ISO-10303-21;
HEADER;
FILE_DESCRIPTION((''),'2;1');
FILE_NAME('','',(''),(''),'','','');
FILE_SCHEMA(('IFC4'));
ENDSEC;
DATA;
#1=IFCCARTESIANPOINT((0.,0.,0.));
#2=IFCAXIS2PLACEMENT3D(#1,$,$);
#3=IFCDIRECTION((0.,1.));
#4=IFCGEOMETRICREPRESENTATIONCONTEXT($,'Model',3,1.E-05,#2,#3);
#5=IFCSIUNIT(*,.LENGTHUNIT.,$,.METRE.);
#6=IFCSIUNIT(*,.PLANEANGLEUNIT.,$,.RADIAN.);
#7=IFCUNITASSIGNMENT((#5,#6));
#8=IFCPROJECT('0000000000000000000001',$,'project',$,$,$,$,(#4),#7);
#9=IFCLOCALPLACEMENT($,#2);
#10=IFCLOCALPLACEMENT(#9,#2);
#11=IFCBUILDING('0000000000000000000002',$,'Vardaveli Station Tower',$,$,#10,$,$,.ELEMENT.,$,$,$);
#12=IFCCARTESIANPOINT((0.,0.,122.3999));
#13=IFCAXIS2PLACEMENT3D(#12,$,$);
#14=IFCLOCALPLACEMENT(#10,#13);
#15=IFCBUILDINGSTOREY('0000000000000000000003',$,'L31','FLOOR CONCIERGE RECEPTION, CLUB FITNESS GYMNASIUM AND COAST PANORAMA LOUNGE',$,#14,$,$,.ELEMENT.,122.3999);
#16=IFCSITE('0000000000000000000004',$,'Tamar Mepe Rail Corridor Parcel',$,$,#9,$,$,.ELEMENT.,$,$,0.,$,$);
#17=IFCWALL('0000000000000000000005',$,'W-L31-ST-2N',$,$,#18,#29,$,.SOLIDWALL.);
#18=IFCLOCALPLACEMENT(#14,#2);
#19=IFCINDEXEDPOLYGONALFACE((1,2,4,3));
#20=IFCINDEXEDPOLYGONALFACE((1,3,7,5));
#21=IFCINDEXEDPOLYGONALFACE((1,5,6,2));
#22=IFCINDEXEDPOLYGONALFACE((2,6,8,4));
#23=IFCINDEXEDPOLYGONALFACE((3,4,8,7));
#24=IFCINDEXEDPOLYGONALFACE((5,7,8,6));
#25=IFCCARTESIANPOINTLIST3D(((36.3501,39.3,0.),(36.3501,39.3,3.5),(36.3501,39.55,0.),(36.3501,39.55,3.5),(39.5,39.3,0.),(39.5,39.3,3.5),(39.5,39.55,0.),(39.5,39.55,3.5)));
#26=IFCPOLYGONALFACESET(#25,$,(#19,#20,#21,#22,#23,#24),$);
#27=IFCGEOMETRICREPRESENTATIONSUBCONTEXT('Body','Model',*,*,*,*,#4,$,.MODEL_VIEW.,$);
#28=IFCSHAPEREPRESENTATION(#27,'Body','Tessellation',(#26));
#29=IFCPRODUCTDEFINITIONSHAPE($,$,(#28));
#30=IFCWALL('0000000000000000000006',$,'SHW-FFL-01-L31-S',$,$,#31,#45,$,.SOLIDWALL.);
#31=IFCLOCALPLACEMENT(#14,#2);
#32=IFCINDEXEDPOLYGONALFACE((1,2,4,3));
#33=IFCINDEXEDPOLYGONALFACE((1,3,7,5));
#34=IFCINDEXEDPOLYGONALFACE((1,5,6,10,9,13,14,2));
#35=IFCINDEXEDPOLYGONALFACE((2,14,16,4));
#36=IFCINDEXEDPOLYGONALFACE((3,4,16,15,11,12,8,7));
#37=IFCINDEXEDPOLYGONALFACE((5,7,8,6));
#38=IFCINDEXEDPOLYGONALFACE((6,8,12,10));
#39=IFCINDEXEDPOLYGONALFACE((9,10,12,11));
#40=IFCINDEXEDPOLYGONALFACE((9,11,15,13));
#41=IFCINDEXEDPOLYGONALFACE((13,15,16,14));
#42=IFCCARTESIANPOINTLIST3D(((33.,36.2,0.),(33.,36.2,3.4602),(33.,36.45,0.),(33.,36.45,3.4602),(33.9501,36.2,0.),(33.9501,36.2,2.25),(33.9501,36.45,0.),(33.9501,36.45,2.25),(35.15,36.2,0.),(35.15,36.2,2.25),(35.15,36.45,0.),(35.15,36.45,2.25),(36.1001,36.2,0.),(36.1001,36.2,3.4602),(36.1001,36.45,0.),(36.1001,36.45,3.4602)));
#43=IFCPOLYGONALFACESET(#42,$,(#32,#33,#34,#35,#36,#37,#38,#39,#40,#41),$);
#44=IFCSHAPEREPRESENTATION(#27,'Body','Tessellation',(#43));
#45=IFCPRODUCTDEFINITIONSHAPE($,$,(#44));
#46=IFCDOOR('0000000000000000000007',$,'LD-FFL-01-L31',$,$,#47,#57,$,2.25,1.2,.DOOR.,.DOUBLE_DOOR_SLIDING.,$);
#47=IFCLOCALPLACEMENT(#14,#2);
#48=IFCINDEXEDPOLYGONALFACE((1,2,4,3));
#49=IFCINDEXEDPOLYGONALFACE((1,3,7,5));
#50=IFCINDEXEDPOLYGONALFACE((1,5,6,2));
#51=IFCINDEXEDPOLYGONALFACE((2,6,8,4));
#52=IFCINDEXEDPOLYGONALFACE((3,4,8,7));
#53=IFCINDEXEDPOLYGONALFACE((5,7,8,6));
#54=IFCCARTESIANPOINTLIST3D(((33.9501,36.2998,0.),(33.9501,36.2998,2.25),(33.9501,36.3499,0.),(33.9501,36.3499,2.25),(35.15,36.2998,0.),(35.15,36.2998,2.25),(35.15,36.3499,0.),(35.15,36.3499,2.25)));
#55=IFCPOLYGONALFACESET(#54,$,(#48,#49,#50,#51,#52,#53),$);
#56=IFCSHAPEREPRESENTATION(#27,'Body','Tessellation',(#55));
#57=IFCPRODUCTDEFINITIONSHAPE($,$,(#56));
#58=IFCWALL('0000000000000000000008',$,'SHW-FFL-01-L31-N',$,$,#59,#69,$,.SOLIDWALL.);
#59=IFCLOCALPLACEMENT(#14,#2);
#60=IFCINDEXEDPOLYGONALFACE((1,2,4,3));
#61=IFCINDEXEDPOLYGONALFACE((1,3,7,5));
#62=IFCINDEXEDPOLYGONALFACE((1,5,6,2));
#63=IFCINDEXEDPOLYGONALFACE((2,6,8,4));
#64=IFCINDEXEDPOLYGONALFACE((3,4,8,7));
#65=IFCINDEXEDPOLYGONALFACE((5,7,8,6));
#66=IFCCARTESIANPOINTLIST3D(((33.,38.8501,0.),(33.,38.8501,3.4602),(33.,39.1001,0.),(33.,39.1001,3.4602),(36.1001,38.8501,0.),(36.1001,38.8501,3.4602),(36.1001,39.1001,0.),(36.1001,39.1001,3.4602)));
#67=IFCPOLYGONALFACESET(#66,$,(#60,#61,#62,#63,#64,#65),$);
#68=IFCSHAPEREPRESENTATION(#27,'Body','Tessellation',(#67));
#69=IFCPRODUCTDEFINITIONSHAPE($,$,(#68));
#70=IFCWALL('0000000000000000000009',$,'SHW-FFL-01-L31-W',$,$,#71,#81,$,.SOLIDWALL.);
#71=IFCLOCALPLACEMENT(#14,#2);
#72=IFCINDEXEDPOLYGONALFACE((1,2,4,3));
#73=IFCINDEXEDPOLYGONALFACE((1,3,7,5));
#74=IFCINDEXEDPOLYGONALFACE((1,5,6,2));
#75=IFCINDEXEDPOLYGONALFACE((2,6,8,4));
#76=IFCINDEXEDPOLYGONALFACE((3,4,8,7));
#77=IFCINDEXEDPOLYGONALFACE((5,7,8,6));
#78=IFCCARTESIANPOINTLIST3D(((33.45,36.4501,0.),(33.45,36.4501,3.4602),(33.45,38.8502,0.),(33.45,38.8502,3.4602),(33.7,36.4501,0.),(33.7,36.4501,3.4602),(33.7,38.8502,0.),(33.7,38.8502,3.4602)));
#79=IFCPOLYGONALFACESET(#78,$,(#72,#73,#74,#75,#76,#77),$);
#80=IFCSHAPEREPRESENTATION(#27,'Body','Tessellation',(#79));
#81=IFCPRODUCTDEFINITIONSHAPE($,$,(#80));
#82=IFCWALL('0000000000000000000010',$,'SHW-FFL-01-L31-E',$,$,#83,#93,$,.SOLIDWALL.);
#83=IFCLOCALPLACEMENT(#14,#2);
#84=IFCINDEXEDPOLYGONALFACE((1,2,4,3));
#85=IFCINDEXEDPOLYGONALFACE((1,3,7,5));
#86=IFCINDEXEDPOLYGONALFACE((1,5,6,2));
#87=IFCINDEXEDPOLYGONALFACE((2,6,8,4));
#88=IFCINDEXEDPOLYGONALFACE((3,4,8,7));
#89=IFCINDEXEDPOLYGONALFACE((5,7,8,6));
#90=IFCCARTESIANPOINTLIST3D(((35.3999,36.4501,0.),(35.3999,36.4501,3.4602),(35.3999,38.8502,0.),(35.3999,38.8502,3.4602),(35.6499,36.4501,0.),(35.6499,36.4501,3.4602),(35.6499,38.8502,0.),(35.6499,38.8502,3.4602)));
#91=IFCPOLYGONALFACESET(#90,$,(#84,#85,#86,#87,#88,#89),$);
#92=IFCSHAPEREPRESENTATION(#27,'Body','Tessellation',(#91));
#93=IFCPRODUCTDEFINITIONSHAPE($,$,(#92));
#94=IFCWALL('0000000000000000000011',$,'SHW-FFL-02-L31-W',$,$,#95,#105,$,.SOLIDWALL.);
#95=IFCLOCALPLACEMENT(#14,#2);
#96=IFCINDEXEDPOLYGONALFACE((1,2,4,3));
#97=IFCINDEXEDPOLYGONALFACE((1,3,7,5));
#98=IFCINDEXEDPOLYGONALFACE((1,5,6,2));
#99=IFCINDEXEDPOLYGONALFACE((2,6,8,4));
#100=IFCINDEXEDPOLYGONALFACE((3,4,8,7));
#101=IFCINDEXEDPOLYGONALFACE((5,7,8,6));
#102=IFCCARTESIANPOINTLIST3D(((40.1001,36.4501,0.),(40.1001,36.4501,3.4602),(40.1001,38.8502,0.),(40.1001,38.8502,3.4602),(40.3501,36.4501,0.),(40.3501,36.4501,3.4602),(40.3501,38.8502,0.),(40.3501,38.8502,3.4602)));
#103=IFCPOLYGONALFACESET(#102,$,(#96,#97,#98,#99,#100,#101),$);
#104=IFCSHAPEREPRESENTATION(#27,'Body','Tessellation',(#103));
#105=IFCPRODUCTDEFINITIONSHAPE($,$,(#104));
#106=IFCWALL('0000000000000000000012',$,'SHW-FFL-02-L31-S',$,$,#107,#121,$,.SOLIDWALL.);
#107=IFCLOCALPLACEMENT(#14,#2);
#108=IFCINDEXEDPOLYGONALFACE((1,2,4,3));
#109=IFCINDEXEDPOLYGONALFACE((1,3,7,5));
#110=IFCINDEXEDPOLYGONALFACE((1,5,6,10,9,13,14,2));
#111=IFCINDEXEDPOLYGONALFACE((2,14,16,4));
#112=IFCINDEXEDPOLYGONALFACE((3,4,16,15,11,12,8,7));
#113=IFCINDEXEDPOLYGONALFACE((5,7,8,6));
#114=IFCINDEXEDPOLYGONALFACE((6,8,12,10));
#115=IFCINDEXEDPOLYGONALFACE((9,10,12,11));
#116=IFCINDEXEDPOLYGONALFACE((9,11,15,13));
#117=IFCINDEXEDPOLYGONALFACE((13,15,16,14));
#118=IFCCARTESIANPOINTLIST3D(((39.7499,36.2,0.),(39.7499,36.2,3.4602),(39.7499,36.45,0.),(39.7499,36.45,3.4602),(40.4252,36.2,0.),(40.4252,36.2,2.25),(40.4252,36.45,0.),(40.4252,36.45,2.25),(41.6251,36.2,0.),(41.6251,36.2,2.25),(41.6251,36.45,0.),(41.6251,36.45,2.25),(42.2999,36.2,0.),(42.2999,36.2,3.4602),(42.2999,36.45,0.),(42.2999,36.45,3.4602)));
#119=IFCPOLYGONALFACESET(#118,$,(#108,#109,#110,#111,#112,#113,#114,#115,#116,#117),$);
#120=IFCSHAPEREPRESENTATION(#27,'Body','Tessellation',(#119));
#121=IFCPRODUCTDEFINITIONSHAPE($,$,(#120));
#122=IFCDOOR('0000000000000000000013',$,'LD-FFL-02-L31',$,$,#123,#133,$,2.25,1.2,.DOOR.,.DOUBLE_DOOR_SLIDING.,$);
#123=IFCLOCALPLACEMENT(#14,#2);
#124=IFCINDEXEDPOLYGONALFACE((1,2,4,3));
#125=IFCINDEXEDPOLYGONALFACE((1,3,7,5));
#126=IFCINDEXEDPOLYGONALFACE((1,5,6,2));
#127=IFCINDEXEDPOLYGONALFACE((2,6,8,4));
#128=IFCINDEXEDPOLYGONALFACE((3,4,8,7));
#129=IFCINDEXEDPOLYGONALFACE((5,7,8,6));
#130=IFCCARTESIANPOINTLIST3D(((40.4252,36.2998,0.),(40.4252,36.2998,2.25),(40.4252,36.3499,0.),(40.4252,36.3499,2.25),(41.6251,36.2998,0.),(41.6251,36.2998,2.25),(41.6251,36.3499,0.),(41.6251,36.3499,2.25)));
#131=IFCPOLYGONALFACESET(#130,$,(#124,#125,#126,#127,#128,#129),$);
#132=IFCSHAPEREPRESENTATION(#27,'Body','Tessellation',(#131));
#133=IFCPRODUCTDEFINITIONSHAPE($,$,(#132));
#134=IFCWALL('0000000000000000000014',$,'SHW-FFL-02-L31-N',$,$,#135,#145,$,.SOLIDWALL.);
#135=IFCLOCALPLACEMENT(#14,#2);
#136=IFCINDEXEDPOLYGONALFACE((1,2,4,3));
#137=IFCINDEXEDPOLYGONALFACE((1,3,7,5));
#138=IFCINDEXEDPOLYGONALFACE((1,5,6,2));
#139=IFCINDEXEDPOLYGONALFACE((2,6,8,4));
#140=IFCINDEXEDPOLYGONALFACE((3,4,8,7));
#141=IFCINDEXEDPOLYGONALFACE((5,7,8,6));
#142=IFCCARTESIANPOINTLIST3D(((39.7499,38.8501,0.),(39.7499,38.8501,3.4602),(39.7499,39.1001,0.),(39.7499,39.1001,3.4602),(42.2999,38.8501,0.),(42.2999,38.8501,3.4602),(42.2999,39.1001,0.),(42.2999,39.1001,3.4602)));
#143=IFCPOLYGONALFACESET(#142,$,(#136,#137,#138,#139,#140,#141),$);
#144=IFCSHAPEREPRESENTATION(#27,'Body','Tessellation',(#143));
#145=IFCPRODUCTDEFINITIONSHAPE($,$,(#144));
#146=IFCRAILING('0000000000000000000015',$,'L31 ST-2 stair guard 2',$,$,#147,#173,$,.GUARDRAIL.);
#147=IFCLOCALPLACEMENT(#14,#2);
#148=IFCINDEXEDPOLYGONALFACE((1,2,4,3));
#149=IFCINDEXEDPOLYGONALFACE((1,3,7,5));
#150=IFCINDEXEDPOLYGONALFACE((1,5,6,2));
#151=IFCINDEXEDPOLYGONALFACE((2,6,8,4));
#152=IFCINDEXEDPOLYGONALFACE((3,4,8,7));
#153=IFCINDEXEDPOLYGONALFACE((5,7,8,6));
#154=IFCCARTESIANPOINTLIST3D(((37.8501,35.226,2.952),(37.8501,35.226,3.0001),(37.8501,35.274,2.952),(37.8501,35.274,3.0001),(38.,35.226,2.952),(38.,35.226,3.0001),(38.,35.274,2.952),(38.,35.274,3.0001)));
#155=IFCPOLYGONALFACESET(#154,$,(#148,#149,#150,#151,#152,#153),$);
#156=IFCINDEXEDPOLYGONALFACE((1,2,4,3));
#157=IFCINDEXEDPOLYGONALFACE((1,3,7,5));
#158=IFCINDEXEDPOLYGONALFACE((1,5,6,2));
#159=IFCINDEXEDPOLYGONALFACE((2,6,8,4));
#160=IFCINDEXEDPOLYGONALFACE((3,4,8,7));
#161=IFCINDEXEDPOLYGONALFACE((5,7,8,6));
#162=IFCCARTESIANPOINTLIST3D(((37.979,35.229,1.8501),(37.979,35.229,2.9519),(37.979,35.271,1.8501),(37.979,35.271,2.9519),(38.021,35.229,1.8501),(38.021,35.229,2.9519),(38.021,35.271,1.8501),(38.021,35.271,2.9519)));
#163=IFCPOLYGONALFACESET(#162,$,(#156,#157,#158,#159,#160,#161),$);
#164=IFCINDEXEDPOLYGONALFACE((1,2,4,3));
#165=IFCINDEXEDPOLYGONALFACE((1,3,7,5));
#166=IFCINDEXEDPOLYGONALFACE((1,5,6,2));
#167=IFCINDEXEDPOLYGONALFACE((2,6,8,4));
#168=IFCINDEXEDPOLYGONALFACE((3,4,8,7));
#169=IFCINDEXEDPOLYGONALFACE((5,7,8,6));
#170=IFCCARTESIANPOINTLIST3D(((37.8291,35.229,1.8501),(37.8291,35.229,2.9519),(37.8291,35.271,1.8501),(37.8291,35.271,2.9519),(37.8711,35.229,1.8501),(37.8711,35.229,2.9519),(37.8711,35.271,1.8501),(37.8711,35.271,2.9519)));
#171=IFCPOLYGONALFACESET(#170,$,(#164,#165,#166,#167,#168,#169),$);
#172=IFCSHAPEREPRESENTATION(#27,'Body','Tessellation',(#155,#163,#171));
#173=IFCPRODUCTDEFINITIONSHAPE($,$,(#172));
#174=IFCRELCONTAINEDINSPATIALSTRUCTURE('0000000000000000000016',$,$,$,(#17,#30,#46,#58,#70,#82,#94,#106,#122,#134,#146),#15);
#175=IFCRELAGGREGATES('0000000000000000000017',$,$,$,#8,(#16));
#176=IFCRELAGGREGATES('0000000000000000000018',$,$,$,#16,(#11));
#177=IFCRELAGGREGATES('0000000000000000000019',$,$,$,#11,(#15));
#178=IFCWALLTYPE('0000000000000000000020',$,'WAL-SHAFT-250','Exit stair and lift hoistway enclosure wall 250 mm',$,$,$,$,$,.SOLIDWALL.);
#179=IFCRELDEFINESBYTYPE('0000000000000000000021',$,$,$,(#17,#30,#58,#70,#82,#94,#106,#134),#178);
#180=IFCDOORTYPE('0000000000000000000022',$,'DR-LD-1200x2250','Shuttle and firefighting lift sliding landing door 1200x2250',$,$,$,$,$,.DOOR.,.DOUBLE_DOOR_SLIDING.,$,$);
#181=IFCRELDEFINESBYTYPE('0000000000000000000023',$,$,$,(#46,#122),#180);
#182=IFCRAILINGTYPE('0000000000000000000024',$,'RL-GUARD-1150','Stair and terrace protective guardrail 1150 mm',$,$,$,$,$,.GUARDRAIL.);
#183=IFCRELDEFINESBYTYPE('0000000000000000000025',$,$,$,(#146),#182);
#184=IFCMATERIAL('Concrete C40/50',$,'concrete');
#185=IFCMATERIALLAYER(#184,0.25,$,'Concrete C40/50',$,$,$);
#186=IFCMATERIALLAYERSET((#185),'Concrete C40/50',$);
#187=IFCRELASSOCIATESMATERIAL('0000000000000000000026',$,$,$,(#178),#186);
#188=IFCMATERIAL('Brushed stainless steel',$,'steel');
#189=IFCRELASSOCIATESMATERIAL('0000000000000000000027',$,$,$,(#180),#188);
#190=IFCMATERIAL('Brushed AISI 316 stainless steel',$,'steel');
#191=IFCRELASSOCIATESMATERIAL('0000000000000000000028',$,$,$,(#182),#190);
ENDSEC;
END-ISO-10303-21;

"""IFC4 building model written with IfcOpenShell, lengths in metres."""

from ifc_helpers import new_model, si_unit, direction, frame, frame_2d, origin, origin_2d, place, context, subcontext, project, spatial, rectangle, extrude, source, transform, mapped, material, layer, layer_set, type_object, element, fill, save


model = new_model("IFC4")

# Units and contexts
model_context = context("Model", 3, precision=1e-05, world=origin(), true_north=direction((0.0, 1.0)))
body_context = subcontext(model_context, "Body", "Model", "MODEL_VIEW")
ifc_project = project(units=[si_unit("LENGTHUNIT", "METRE"), si_unit("PLANEANGLEUNIT", "RADIAN")], contexts=[model_context])

# Site, building, storey
site_placement = place(None, origin())
site = spatial("IfcSite", under=ifc_project, at=site_placement, Name="Tamar Mepe Rail Corridor Parcel", CompositionType="ELEMENT", RefElevation=0.0)
building_placement = place(site_placement, origin())
building = spatial("IfcBuilding", under=site, at=building_placement, Name="Vardaveli Station Tower", CompositionType="ELEMENT")
storey_placement = place(building_placement, frame((0.0, 0.0, 122.3999)))
storey = spatial("IfcBuildingStorey", under=building, at=storey_placement, Name="L31", Description="FLOOR CONCIERGE RECEPTION, CLUB FITNESS GYMNASIUM AND COAST PANORAMA LOUNGE", CompositionType="ELEMENT", Elevation=122.3999)

# Wall
ifc_material_1 = material(Name="Concrete C40/50", Category="concrete")
ifc_layer_1 = layer(ifc_material_1, 0.25, Name="Concrete C40/50")
ifc_layer_set_1 = layer_set([ifc_layer_1], Name="Concrete C40/50")
wall_type = type_object("IfcWallType", Name="WAL-SHAFT-250", Description="Exit stair and lift hoistway enclosure wall 250 mm", PredefinedType="SOLIDWALL", material=ifc_layer_set_1)
shared_shape_1 = source(origin(), body_context, "Body", "SweptSolid", [
    extrude(rectangle(XDim=3.1499, YDim=0.25, at=frame_2d((1.575, 0.0))), origin(), (0.0, 0.0, 1.0), 3.5),
])
wall_1_placement = place(storey_placement, frame((36.3501, 39.425, 0.0), z_axis=(0.0, 0.0, 1.0), x_axis=(1.0, 0.0, 0.0)))
element("IfcWall", 1, at=wall_1_placement, inside=storey, type_object=wall_type, Name="W-L31-ST-2N", PredefinedType="SOLIDWALL", context=body_context, shape_type="MappedRepresentation", body=[
    mapped(shared_shape_1, transform((0.0, 0.0, 0.0), scale=1.0)),
])

# Wall, opening, door
shared_shape_2 = source(origin(), body_context, "Body", "SweptSolid", [
    extrude(rectangle(XDim=3.1001, YDim=0.25, at=frame_2d((1.55, 0.0))), origin(), (0.0, 0.0, 1.0), 3.4602),
])
wall_2_placement = place(storey_placement, frame((33.0, 36.325, 0.0), z_axis=(0.0, 0.0, 1.0), x_axis=(1.0, 0.0, 0.0)))
wall_2 = element("IfcWall", 2, at=wall_2_placement, inside=storey, type_object=wall_type, Name="SHW-FFL-01-L31-S", PredefinedType="SOLIDWALL", context=body_context, shape_type="MappedRepresentation", body=[
    mapped(shared_shape_2, transform((0.0, 0.0, 0.0), scale=1.0)),
])
shared_shape_3 = source(origin(), body_context, "Body", "SweptSolid", [
    extrude(rectangle(XDim=1.2, YDim=2.25, at=frame_2d((0.6001, 1.125))), frame((0.0, 0.135, 0.0), z_axis=(0.0, -1.0, 0.0), x_axis=(1.0, 0.0, 0.0)), (0.0, 0.0, 1.0), 0.27),
])
opening_1_placement = place(wall_2_placement, frame((0.95, 0.0, 0.0)))
opening_1 = element("IfcOpeningElement", 3, at=opening_1_placement, cuts=wall_2, PredefinedType="OPENING", context=body_context, shape_type="MappedRepresentation", body=[
    mapped(shared_shape_3, transform((0.0, 0.0, 0.0), scale=1.0)),
])
ifc_material_2 = material(Name="Brushed stainless steel", Category="steel")
door_type = type_object("IfcDoorType", Name="DR-LD-1200x2250", Description="Shuttle and firefighting lift sliding landing door 1200x2250", OperationType="DOUBLE_DOOR_SLIDING", PredefinedType="DOOR", material=ifc_material_2)
shared_shape_4 = source(origin(), body_context, "Body", "SweptSolid", [
    extrude(rectangle(XDim=1.2, YDim=2.25, at=frame_2d((0.6001, 1.125))), frame((0.0, 0.0249, 0.0), z_axis=(0.0, -1.0, 0.0), x_axis=(1.0, 0.0, 0.0)), (0.0, 0.0, 1.0), 0.05),
])
door_1_placement = place(opening_1_placement, origin())
door_1 = element("IfcDoor", 4, at=door_1_placement, inside=storey, type_object=door_type, Name="LD-FFL-01-L31", OperationType="DOUBLE_DOOR_SLIDING", OverallHeight=2.25, OverallWidth=1.2, PredefinedType="DOOR", context=body_context, shape_type="MappedRepresentation", body=[
    mapped(shared_shape_4, transform((0.0, 0.0, 0.0), scale=1.0)),
])
fill(opening_1, door_1)

# Walls
wall_3_placement = place(storey_placement, frame((33.0, 38.9751, 0.0), z_axis=(0.0, 0.0, 1.0), x_axis=(1.0, 0.0, 0.0)))
element("IfcWall", 5, at=wall_3_placement, inside=storey, type_object=wall_type, Name="SHW-FFL-01-L31-N", PredefinedType="SOLIDWALL", context=body_context, shape_type="MappedRepresentation", body=[
    mapped(shared_shape_2, transform((0.0, 0.0, 0.0), scale=1.0)),
])
shared_shape_5 = source(origin(), body_context, "Body", "SweptSolid", [
    extrude(rectangle(XDim=2.4001, YDim=0.25, at=frame_2d((1.2002, 0.0))), origin(), (0.0, 0.0, 1.0), 3.4602),
])
for number, where, z_axis, x_axis, name in (
    (6, (33.575, 36.45, 0.0), (0.0, 0.0, 1.0), (0.0, 1.0, 0.0), "SHW-FFL-01-L31-W"),
    (7, (35.5249, 36.45, 0.0), (0.0, 0.0, 1.0), (0.0, 1.0, 0.0), "SHW-FFL-01-L31-E"),
    (8, (40.2251, 36.45, 0.0), (0.0, 0.0, 1.0), (0.0, 1.0, 0.0), "SHW-FFL-02-L31-W"),
):
    element("IfcWall", number, at=place(storey_placement, frame(where, z_axis=z_axis, x_axis=x_axis)), inside=storey, type_object=wall_type, Name=name, PredefinedType="SOLIDWALL", context=body_context, shape_type="MappedRepresentation", body=[
        mapped(shared_shape_5, transform((0.0, 0.0, 0.0), scale=1.0)),
    ])

# Wall, opening, door
shared_shape_6 = source(origin(), body_context, "Body", "SweptSolid", [
    extrude(rectangle(XDim=2.55, YDim=0.25, at=frame_2d((1.2749, 0.0))), origin(), (0.0, 0.0, 1.0), 3.4602),
])
wall_4_placement = place(storey_placement, frame((39.75, 36.325, 0.0), z_axis=(0.0, 0.0, 1.0), x_axis=(1.0, 0.0, 0.0)))
wall_4 = element("IfcWall", 9, at=wall_4_placement, inside=storey, type_object=wall_type, Name="SHW-FFL-02-L31-S", PredefinedType="SOLIDWALL", context=body_context, shape_type="MappedRepresentation", body=[
    mapped(shared_shape_6, transform((0.0, 0.0, 0.0), scale=1.0)),
])
opening_2_placement = place(wall_4_placement, frame((0.675, 0.0, 0.0)))
opening_2 = element("IfcOpeningElement", 10, at=opening_2_placement, cuts=wall_4, PredefinedType="OPENING", context=body_context, shape_type="MappedRepresentation", body=[
    mapped(shared_shape_3, transform((0.0, 0.0, 0.0), scale=1.0)),
])
door_2_placement = place(opening_2_placement, origin())
door_2 = element("IfcDoor", 11, at=door_2_placement, inside=storey, type_object=door_type, Name="LD-FFL-02-L31", OperationType="DOUBLE_DOOR_SLIDING", OverallHeight=2.25, OverallWidth=1.2, PredefinedType="DOOR", context=body_context, shape_type="MappedRepresentation", body=[
    mapped(shared_shape_4, transform((0.0, 0.0, 0.0), scale=1.0)),
])
fill(opening_2, door_2)

# Wall
wall_5_placement = place(storey_placement, frame((39.75, 38.9751, 0.0), z_axis=(0.0, 0.0, 1.0), x_axis=(1.0, 0.0, 0.0)))
element("IfcWall", 12, at=wall_5_placement, inside=storey, type_object=wall_type, Name="SHW-FFL-02-L31-N", PredefinedType="SOLIDWALL", context=body_context, shape_type="MappedRepresentation", body=[
    mapped(shared_shape_6, transform((0.0, 0.0, 0.0), scale=1.0)),
])

# Railing
ifc_material_3 = material(Name="Brushed AISI 316 stainless steel", Category="steel")
railing_type = type_object("IfcRailingType", Name="RL-GUARD-1150", Description="Stair and terrace protective guardrail 1150 mm", PredefinedType="GUARDRAIL", material=ifc_material_3)
shared_shape_7 = source(origin(), body_context, "Body", "SweptSolid", [
    extrude(rectangle(XDim=0.0481, YDim=0.0481, at=origin_2d()), frame((0.0, 0.0, 1.126), z_axis=(-1.0, 0.0, 0.0), x_axis=(0.0, -1.0, 0.0)), (0.0, 0.0, 1.0), 0.1499),
    extrude(rectangle(XDim=0.042, YDim=0.042, at=origin_2d()), origin(), (0.0, 0.0, 1.0), 1.1018),
    extrude(rectangle(XDim=0.042, YDim=0.042, at=origin_2d()), frame((-0.1499, 0.0, 0.0)), (0.0, 0.0, 1.0), 1.1018),
])
railing_placement = place(storey_placement, frame((38.0, 35.25, 1.8501)))
element("IfcRailing", 13, at=railing_placement, inside=storey, type_object=railing_type, Name="L31 ST-2 stair guard 2", PredefinedType="GUARDRAIL", context=body_context, shape_type="MappedRepresentation", body=[
    mapped(shared_shape_7, transform((0.0, 0.0, 0.0), scale=1.0)),
])

save(model, "model.ifc")
